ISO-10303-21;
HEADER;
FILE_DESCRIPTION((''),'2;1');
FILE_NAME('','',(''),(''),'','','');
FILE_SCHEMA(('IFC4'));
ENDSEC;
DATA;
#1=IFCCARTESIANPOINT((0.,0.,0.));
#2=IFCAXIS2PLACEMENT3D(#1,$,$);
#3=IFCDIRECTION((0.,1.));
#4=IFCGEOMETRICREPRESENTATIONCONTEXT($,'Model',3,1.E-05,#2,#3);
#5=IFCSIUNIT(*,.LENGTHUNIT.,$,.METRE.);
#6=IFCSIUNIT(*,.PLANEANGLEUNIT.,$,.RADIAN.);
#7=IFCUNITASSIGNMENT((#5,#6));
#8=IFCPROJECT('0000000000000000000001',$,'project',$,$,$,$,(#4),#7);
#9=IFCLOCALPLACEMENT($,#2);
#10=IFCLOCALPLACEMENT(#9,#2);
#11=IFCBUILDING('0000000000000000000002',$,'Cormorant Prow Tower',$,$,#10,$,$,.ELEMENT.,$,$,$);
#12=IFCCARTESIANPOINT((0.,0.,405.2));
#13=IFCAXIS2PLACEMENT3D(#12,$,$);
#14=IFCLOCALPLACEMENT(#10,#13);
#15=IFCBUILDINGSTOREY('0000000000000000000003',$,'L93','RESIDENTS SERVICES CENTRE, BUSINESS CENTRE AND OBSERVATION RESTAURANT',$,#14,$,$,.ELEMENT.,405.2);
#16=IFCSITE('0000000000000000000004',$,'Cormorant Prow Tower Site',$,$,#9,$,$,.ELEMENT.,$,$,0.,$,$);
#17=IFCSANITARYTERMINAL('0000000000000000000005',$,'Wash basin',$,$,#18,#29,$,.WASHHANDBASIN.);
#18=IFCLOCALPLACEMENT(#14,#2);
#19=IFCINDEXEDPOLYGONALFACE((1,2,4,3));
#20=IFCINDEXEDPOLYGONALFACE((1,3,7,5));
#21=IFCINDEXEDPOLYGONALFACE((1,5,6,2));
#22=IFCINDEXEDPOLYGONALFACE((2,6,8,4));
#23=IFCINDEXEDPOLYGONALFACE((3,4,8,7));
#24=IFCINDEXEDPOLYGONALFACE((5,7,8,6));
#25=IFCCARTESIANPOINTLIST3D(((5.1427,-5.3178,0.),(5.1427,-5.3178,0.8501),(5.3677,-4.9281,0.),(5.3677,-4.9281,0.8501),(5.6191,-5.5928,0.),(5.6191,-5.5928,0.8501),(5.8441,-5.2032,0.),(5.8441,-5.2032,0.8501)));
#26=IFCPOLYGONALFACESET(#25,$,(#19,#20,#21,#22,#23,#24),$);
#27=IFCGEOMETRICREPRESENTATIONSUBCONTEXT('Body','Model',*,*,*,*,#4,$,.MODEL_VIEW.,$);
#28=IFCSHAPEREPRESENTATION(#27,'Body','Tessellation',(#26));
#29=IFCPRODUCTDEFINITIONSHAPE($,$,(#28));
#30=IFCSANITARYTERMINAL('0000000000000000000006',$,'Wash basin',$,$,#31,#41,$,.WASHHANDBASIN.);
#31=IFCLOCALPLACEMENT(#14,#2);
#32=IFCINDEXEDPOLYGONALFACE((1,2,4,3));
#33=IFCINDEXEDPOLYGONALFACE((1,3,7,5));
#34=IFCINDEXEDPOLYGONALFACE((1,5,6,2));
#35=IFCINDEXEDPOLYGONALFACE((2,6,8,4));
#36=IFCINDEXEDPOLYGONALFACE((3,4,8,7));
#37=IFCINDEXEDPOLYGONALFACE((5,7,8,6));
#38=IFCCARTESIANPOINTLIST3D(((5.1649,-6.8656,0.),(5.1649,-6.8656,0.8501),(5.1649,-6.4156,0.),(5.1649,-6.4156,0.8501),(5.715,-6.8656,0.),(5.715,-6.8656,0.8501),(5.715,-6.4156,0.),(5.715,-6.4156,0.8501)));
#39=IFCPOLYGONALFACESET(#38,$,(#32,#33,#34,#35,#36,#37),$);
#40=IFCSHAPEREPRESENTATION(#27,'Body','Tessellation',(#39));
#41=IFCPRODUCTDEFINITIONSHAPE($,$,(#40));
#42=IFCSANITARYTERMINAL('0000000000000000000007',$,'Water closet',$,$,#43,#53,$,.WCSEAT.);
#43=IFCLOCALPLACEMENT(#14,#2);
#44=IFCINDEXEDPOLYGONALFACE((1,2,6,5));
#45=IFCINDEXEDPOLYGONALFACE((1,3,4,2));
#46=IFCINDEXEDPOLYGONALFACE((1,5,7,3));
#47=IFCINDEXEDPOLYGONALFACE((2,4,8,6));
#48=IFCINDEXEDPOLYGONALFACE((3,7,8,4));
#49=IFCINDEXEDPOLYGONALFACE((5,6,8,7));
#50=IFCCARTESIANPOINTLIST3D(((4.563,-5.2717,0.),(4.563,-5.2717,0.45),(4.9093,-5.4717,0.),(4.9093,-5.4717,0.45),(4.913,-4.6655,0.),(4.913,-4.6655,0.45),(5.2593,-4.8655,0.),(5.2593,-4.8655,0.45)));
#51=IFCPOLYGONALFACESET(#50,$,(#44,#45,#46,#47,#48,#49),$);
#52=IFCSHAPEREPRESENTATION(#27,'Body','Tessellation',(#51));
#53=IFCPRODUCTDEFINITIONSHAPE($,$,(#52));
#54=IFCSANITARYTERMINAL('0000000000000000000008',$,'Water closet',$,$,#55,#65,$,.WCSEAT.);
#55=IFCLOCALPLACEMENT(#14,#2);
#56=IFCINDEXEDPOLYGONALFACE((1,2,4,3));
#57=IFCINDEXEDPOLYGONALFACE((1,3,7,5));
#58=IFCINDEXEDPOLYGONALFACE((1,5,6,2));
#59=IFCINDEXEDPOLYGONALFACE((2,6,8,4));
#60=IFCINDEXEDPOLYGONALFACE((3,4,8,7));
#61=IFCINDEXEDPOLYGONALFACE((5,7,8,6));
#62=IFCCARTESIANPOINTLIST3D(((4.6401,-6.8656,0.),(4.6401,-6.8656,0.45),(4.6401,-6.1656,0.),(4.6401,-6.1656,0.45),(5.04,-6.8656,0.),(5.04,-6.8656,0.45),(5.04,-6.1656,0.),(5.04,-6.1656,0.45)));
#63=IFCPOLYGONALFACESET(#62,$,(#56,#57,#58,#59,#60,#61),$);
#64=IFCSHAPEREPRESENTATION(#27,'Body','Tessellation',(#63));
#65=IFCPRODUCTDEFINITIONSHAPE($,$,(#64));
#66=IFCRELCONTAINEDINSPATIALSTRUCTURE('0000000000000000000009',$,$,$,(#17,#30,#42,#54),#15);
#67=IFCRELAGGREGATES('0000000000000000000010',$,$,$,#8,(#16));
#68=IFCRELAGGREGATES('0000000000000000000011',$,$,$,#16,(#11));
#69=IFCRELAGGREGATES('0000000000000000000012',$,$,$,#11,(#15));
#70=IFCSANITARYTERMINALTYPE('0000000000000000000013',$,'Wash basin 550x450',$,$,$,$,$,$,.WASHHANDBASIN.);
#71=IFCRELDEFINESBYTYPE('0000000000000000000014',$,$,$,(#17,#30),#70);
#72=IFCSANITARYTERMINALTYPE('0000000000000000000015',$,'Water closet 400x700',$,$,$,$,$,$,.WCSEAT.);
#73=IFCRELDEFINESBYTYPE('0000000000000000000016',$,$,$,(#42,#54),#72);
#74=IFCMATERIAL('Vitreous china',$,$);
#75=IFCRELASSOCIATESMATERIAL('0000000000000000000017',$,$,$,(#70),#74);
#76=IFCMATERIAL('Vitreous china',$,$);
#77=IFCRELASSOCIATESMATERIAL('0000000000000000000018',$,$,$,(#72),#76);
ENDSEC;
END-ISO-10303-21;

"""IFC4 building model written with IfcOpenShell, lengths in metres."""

from ifc_helpers import new_model, si_unit, direction, frame, origin, origin_2d, place, context, subcontext, project, spatial, rectangle, extrude, material, type_object, element, save


model = new_model("IFC4")

# Units and contexts
model_context = context("Model", 3, precision=1e-05, world=origin(), true_north=direction((0.0, 1.0)))
body_context = subcontext(model_context, "Body", "Model", "MODEL_VIEW")
ifc_project = project(units=[si_unit("LENGTHUNIT", "METRE"), si_unit("PLANEANGLEUNIT", "RADIAN")], contexts=[model_context])

# Site, building, storey
site_placement = place(None, origin())
site = spatial("IfcSite", under=ifc_project, at=site_placement, Name="Cormorant Prow Tower Site", CompositionType="ELEMENT", RefElevation=0.0)
building_placement = place(site_placement, origin())
building = spatial("IfcBuilding", under=site, at=building_placement, Name="Cormorant Prow Tower", CompositionType="ELEMENT")
storey_placement = place(building_placement, frame((0.0, 0.0, 405.2)))
storey = spatial("IfcBuildingStorey", under=building, at=storey_placement, Name="L93", Description="RESIDENTS SERVICES CENTRE, BUSINESS CENTRE AND OBSERVATION RESTAURANT", CompositionType="ELEMENT", Elevation=405.2)

# Sanitary terminals
ifc_material_1 = material(Name="Vitreous china")
sanitary_terminal_type_1 = type_object("IfcSanitaryTerminalType", Name="Wash basin 550x450", PredefinedType="WASHHANDBASIN", material=ifc_material_1)
for number, where, z_axis, x_axis, name in (
    (1, (5.4934, -5.2605, 0.0), (0.0, 0.0, 1.0), (-0.866017, 0.500015, 0.0), "Wash basin"),
    (2, (5.4399, -6.6406, 0.0), (0.0, 0.0, 1.0), (1.0, 0.0, 0.0), "Wash basin"),
):
    element("IfcSanitaryTerminal", number, at=place(storey_placement, frame(where, z_axis=z_axis, x_axis=x_axis)), inside=storey, type_object=sanitary_terminal_type_1, Name=name, PredefinedType="WASHHANDBASIN", context=body_context, shape_type="SweptSolid", body=[
        extrude(rectangle(XDim=0.55, YDim=0.45, at=origin_2d()), origin(), (0.0, 0.0, 1.0), 0.8501),
    ])
ifc_material_2 = material(Name="Vitreous china")
sanitary_terminal_type_2 = type_object("IfcSanitaryTerminalType", Name="Water closet 400x700", PredefinedType="WCSEAT", material=ifc_material_2)
for number, where, z_axis, x_axis, name in (
    (3, (4.9111, -5.0686, 0.0), (0.0, 0.0, 1.0), (-0.866017, 0.500015, 0.0), "Water closet"),
    (4, (4.8401, -6.5156, 0.0), (0.0, 0.0, 1.0), (1.0, 0.0, 0.0), "Water closet"),
):
    element("IfcSanitaryTerminal", number, at=place(storey_placement, frame(where, z_axis=z_axis, x_axis=x_axis)), inside=storey, type_object=sanitary_terminal_type_2, Name=name, PredefinedType="WCSEAT", context=body_context, shape_type="SweptSolid", body=[
        extrude(rectangle(XDim=0.3999, YDim=0.7, at=origin_2d()), origin(), (0.0, 0.0, 1.0), 0.45),
    ])

save(model, "model.ifc")
